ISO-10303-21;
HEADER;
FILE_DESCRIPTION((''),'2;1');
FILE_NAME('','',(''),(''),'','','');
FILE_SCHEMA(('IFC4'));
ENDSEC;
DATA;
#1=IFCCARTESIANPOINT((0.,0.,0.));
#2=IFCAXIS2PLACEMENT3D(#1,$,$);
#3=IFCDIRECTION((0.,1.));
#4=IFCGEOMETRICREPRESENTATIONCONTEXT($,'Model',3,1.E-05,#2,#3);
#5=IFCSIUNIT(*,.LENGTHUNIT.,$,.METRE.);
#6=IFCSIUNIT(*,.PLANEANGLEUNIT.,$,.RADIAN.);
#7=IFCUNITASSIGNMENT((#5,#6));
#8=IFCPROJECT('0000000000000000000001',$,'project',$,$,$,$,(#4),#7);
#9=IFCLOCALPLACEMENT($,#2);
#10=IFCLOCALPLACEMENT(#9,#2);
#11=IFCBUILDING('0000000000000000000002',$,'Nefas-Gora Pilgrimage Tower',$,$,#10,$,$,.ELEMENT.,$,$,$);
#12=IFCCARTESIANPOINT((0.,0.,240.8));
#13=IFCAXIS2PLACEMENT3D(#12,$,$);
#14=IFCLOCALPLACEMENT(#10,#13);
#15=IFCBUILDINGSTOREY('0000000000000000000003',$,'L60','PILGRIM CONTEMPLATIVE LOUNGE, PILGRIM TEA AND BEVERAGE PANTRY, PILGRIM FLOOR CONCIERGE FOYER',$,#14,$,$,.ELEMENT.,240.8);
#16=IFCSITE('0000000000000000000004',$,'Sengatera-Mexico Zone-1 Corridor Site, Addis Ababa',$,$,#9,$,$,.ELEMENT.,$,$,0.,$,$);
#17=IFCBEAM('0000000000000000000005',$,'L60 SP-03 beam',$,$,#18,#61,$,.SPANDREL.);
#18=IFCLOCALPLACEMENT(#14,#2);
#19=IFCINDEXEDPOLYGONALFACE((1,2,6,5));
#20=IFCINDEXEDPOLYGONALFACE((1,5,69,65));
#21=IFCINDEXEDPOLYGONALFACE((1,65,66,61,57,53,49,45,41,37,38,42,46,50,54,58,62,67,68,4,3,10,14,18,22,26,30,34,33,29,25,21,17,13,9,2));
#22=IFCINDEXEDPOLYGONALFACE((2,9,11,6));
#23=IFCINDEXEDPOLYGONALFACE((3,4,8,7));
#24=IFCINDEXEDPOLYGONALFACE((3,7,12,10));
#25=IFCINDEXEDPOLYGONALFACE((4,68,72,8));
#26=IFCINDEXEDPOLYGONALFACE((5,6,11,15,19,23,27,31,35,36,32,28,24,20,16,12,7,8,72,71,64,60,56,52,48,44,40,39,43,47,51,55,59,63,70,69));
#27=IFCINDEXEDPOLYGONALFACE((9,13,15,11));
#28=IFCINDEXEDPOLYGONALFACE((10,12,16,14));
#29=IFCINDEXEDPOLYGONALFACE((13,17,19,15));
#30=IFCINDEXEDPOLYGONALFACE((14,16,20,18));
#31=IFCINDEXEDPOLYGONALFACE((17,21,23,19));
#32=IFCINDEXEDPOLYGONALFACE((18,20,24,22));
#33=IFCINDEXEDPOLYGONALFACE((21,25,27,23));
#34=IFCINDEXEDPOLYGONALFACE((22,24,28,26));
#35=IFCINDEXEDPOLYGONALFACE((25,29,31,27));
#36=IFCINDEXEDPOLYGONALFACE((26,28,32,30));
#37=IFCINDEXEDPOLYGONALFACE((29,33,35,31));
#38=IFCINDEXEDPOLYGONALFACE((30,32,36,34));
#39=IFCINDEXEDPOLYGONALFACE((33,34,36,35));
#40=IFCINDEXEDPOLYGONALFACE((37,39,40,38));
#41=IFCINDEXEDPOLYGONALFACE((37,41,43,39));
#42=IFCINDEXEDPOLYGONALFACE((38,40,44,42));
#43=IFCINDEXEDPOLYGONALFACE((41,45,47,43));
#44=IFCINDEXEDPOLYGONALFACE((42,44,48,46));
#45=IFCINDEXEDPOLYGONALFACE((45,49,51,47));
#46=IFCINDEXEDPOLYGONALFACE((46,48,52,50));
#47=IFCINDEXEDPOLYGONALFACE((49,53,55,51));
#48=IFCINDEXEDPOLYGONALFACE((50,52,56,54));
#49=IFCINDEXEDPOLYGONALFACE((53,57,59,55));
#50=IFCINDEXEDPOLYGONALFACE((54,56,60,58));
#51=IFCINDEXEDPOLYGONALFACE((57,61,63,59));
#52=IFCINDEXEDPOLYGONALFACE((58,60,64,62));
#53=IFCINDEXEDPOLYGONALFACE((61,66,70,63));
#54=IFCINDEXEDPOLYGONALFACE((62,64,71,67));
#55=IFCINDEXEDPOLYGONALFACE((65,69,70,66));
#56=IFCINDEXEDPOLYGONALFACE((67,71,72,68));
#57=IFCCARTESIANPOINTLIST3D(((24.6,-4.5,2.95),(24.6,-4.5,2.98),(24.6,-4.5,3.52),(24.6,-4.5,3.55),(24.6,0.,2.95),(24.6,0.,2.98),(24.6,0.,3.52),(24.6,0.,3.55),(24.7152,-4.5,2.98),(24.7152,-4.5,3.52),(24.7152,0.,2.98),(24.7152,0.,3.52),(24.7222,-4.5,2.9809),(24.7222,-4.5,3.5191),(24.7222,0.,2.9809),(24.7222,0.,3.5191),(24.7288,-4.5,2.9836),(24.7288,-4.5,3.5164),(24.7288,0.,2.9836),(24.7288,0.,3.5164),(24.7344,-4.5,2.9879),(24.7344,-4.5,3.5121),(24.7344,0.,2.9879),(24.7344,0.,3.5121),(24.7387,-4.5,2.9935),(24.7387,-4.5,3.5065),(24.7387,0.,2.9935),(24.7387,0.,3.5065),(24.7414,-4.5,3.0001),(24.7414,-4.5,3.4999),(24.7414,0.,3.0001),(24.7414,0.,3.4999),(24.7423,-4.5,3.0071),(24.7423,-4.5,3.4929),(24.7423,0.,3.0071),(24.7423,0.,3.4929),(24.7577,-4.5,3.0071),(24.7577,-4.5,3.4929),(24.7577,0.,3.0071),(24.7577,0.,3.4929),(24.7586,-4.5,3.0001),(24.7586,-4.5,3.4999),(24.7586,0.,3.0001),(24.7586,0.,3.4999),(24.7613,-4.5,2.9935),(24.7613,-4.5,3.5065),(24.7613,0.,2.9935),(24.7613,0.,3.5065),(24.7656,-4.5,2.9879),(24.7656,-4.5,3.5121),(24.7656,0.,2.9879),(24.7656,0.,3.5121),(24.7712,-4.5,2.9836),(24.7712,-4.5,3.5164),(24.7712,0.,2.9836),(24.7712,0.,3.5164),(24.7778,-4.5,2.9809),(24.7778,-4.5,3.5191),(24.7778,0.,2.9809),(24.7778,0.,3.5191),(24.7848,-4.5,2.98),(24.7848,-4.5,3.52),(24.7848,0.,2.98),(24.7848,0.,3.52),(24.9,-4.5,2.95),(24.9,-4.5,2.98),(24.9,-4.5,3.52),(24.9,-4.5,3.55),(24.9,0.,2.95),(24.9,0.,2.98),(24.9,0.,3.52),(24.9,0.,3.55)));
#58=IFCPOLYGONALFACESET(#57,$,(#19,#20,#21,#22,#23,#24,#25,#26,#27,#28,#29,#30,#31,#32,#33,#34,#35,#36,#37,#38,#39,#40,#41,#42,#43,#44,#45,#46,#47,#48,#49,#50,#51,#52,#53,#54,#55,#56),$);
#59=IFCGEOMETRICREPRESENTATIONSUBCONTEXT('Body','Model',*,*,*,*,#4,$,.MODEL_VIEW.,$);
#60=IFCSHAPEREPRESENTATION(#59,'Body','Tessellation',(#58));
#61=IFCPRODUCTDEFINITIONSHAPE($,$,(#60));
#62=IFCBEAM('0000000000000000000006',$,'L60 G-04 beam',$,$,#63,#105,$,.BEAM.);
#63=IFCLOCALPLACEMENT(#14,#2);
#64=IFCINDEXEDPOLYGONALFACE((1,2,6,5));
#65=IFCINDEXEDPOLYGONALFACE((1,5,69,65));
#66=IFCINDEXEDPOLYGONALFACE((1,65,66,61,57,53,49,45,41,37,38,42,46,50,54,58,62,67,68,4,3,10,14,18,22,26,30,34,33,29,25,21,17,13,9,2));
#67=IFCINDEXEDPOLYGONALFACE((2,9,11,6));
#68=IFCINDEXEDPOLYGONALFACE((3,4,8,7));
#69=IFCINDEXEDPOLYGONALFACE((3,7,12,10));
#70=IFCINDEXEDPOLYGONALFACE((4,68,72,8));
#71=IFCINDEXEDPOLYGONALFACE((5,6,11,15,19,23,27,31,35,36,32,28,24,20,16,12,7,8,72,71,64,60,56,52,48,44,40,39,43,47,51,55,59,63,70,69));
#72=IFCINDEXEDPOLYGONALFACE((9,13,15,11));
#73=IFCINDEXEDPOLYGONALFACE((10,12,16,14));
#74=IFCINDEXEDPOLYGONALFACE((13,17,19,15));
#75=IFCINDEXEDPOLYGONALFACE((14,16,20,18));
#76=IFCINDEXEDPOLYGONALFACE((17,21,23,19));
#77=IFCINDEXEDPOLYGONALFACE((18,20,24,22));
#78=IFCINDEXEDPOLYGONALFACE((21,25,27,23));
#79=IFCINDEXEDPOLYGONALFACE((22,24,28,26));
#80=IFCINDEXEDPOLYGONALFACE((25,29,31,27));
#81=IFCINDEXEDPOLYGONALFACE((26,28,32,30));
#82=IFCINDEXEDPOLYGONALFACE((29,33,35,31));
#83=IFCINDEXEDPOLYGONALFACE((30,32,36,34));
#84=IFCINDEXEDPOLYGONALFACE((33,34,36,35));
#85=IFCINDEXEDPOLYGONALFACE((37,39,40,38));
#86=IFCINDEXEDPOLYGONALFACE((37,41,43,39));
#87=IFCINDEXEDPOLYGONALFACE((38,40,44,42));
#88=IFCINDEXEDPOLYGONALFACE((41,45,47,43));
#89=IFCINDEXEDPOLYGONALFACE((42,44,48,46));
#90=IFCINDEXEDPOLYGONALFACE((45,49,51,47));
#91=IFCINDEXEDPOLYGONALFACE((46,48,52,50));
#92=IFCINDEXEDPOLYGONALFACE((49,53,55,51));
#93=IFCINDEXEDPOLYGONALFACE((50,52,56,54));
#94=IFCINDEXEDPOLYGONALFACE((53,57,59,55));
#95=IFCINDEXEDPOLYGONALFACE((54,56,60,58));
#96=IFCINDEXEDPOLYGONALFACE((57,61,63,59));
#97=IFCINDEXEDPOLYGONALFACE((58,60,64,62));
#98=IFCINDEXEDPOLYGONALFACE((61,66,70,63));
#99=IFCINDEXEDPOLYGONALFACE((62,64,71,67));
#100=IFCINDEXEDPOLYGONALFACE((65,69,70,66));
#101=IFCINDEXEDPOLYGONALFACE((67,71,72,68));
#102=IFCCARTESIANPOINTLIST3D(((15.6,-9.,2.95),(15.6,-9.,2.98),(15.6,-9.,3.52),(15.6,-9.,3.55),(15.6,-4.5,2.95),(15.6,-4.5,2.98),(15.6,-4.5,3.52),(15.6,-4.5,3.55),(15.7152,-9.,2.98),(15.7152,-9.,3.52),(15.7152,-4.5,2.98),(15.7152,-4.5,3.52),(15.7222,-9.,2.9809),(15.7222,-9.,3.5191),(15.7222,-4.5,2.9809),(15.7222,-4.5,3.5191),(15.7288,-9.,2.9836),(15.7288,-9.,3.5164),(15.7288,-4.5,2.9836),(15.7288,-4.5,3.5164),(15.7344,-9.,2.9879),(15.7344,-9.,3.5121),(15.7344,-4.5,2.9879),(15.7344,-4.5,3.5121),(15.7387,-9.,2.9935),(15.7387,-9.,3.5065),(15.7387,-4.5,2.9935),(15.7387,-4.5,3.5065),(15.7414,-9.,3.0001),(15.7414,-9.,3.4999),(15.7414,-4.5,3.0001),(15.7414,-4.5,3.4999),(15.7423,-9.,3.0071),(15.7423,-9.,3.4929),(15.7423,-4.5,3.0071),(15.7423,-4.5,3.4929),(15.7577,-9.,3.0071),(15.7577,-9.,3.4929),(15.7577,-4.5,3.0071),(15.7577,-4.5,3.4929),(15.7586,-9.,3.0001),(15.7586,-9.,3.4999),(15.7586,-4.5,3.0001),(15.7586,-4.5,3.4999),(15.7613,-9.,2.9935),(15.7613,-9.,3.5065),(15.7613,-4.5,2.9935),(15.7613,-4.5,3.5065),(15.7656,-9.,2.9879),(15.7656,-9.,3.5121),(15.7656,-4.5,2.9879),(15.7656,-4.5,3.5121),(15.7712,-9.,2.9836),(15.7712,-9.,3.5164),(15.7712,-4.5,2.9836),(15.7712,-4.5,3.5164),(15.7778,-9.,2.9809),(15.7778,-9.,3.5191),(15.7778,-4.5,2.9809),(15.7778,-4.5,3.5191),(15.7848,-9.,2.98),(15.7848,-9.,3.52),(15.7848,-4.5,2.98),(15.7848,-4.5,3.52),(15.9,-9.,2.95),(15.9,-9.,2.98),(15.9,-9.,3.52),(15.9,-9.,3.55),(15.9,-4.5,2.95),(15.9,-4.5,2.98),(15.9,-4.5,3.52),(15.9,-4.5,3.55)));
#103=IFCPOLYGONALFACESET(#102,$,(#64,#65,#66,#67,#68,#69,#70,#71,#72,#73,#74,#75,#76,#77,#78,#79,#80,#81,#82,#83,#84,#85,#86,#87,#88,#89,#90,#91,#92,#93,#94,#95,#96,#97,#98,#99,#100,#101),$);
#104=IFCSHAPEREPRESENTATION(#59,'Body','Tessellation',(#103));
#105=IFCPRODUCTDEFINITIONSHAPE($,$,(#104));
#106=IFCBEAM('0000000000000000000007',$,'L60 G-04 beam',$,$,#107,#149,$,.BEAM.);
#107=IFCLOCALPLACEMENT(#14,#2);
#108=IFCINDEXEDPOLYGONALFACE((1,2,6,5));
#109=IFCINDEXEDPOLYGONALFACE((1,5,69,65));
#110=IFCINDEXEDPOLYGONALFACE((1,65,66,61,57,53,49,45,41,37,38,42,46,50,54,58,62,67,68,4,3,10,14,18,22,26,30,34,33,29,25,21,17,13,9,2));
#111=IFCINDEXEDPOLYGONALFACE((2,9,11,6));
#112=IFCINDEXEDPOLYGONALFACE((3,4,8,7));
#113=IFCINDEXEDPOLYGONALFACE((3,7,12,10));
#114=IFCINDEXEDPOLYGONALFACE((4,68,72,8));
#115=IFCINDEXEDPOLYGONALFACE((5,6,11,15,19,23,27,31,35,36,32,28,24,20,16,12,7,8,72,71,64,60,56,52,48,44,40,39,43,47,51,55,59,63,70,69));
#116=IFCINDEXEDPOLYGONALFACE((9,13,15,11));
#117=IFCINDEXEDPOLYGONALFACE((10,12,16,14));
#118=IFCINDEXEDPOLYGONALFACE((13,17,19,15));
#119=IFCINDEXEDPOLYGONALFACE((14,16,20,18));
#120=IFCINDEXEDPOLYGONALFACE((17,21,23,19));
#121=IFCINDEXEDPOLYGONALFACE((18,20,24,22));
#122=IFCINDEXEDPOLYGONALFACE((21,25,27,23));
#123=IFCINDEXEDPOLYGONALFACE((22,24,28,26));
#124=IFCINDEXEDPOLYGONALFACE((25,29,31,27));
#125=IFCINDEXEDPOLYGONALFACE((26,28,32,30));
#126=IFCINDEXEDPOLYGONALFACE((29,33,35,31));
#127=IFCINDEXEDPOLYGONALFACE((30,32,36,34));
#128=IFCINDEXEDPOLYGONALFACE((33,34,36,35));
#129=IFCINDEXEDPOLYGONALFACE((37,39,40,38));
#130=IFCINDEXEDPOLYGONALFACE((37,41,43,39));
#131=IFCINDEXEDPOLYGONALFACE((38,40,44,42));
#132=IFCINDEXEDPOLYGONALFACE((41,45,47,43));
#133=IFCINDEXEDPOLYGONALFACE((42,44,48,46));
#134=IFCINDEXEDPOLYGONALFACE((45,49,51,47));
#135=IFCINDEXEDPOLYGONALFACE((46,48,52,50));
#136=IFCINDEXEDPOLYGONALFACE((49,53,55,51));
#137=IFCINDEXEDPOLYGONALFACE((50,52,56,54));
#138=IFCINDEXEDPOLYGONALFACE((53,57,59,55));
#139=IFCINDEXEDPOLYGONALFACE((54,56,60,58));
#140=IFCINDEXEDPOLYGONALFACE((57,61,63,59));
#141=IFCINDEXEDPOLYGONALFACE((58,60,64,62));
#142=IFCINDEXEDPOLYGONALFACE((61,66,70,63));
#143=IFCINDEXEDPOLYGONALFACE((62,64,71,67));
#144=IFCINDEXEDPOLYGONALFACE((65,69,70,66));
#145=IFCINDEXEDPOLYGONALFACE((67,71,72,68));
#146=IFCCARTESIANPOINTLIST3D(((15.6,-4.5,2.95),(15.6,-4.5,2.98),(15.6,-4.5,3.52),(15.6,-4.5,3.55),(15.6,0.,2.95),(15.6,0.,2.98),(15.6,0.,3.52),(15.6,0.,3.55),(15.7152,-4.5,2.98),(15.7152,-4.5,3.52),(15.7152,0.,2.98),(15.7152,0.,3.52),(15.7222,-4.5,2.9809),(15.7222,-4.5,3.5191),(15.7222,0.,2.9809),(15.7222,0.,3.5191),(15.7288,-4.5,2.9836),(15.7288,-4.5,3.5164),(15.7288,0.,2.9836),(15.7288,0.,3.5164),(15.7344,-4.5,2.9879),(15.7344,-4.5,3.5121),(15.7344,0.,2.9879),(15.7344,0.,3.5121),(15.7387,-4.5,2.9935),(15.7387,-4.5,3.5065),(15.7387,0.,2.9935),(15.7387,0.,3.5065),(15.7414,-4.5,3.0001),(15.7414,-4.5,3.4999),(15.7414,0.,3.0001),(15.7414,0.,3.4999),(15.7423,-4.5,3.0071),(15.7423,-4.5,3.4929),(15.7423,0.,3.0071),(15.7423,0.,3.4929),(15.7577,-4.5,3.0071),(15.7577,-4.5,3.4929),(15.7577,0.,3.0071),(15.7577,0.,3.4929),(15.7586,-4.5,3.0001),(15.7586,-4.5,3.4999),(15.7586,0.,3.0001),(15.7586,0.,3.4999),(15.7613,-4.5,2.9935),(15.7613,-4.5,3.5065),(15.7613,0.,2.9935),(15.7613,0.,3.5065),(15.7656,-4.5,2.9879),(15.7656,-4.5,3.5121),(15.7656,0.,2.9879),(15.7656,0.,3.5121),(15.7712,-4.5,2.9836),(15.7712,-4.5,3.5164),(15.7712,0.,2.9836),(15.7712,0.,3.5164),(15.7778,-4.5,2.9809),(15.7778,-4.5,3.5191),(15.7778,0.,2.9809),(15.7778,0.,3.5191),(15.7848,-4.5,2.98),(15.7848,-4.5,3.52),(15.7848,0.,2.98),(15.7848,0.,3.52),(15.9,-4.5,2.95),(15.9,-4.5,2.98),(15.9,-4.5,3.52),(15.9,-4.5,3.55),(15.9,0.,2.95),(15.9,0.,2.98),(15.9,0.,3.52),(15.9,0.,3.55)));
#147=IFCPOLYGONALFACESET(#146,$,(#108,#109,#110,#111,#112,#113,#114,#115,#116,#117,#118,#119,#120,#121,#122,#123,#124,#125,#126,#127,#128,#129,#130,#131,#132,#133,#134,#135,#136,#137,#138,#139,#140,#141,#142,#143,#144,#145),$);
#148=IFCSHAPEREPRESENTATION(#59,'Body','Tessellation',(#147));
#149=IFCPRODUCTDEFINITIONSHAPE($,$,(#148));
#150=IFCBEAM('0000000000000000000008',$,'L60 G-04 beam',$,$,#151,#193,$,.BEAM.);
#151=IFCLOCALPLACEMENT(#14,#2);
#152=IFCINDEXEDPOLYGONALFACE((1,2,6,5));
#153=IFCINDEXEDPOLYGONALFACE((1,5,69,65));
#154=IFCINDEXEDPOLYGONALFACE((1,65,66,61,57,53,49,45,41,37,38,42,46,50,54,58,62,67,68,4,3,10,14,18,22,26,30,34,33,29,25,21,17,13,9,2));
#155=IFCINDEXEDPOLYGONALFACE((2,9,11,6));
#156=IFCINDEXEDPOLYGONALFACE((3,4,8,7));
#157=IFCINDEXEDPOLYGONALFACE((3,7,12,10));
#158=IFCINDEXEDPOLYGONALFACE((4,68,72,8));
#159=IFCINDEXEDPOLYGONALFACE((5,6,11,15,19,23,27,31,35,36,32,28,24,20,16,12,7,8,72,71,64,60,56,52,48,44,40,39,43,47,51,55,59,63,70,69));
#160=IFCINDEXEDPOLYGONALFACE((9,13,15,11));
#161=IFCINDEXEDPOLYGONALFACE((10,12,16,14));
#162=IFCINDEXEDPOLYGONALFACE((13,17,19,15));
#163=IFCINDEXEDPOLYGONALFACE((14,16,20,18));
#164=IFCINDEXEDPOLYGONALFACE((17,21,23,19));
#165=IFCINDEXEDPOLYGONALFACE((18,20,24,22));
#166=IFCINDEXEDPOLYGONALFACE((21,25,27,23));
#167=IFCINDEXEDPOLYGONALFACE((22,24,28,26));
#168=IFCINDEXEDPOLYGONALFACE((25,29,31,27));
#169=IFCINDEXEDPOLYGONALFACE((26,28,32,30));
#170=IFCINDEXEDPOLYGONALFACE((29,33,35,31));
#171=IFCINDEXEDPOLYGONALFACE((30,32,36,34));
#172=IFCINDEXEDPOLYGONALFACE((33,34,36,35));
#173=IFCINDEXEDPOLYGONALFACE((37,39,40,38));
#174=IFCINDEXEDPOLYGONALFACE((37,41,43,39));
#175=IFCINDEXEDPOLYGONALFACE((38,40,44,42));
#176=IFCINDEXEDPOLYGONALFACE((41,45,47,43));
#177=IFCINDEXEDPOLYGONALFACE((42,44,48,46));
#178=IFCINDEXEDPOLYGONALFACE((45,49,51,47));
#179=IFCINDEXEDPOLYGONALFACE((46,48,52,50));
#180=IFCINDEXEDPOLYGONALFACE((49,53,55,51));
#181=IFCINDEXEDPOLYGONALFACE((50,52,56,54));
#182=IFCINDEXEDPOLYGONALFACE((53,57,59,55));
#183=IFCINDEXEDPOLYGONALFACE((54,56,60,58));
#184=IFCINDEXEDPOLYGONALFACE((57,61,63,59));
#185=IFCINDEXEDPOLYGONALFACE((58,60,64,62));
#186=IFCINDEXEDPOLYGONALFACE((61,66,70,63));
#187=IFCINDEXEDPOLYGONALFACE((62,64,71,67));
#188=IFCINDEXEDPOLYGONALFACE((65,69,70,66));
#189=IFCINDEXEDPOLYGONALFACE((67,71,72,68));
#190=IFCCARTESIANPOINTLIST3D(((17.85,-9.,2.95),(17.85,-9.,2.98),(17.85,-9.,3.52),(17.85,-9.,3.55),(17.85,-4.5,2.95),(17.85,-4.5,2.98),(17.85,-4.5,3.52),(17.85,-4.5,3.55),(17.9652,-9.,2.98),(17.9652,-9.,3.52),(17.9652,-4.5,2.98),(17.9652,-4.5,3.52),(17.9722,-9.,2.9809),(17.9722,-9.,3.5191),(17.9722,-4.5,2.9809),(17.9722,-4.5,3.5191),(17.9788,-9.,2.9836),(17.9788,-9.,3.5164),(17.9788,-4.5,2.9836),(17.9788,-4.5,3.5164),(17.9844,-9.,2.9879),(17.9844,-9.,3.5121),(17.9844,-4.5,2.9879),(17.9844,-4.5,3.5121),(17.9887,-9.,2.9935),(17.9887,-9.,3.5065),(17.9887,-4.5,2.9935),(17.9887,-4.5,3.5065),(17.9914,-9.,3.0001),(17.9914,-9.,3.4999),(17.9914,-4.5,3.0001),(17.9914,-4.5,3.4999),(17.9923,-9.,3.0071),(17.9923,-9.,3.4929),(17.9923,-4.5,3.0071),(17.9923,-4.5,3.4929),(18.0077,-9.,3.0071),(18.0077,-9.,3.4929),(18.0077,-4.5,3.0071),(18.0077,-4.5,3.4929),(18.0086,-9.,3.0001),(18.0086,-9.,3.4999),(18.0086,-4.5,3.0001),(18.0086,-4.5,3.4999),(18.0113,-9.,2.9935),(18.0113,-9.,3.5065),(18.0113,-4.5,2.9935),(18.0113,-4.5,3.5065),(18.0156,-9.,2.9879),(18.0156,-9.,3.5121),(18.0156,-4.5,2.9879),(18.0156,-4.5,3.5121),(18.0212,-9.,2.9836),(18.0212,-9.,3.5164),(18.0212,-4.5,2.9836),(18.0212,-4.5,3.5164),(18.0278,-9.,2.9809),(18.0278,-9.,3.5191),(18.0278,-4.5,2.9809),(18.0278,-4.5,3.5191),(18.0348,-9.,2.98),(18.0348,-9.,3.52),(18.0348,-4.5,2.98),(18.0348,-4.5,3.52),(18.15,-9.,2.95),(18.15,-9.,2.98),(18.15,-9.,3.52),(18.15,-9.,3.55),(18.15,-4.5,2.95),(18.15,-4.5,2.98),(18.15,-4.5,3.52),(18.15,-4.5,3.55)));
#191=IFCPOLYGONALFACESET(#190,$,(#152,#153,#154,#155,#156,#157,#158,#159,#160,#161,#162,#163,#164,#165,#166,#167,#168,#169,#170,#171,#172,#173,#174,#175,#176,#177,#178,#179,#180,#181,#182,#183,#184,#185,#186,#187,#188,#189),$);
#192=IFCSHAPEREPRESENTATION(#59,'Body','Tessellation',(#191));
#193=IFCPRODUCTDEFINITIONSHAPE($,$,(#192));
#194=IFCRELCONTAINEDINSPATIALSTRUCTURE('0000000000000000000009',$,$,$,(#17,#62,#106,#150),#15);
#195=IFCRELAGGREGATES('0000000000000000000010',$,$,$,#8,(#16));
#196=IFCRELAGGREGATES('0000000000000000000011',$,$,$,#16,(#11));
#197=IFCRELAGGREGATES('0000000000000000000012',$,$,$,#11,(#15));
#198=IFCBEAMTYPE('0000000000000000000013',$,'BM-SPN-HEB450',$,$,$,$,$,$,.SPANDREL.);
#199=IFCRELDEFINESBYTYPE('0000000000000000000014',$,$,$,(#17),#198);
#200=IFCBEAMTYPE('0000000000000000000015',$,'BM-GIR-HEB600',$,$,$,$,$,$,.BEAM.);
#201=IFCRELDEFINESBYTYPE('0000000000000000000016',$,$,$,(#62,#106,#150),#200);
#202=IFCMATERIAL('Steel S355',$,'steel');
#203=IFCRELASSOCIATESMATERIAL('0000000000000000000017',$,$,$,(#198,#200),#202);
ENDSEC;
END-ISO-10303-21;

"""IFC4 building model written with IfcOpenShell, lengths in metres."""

from ifc_helpers import new_model, si_unit, direction, frame, origin, origin_2d, place, context, subcontext, project, spatial, i_section, extrude, source, transform, mapped, material, material_profile, profile_set, type_object, element, save


model = new_model("IFC4")

# Units and contexts
model_context = context("Model", 3, precision=1e-05, world=origin(), true_north=direction((0.0, 1.0)))
body_context = subcontext(model_context, "Body", "Model", "MODEL_VIEW")
ifc_project = project(units=[si_unit("LENGTHUNIT", "METRE"), si_unit("PLANEANGLEUNIT", "RADIAN")], contexts=[model_context])

# Site, building, storey
site_placement = place(None, origin())
site = spatial("IfcSite", under=ifc_project, at=site_placement, Name="Sengatera-Mexico Zone-1 Corridor Site, Addis Ababa", CompositionType="ELEMENT", RefElevation=0.0)
building_placement = place(site_placement, origin())
building = spatial("IfcBuilding", under=site, at=building_placement, Name="Nefas-Gora Pilgrimage Tower", CompositionType="ELEMENT")
storey_placement = place(building_placement, frame((0.0, 0.0, 240.8)))
storey = spatial("IfcBuildingStorey", under=building, at=storey_placement, Name="L60", Description="PILGRIM CONTEMPLATIVE LOUNGE, PILGRIM TEA AND BEVERAGE PANTRY, PILGRIM FLOOR CONCIERGE FOYER", CompositionType="ELEMENT", Elevation=240.8)

# Beams
ifc_material_1 = material(Name="Steel S355", Category="steel")
ifc_material_profile_1 = material_profile(ifc_material_1, i_section(OverallWidth=0.3, OverallDepth=0.6001, WebThickness=0.0154, FlangeThickness=0.03, FilletRadius=0.0271, at=origin_2d()), Name="HEB 600")
ifc_profile_set_1 = profile_set([ifc_material_profile_1], Name="Steel S355")
beam_type_1 = type_object("IfcBeamType", Name="BM-SPN-HEB450", PredefinedType="SPANDREL", material=ifc_profile_set_1)
shared_shape_1 = source(origin(), body_context, "Body", "SweptSolid", [
    extrude(i_section(OverallWidth=0.3, OverallDepth=0.6001, WebThickness=0.0154, FlangeThickness=0.03, FilletRadius=0.0271, at=origin_2d()), origin(), (0.0, 0.0, 1.0), 4.5),
])
for number, where, z_axis, x_axis, name in (
    (1, (24.75, -4.5, 3.25), (0.0, 1.0, 0.0), (-1.0, 0.0, 0.0), "L60 SP-03 beam"),
):
    element("IfcBeam", number, at=place(storey_placement, frame(where, z_axis=z_axis, x_axis=x_axis)), inside=storey, type_object=beam_type_1, Name=name, PredefinedType="SPANDREL", context=body_context, shape_type="MappedRepresentation", body=[
        mapped(shared_shape_1, transform((0.0, 0.0, 0.0), x_axis=(1.0, 0.0, 0.0), y_axis=(0.0, 1.0, 0.0), z_axis=(0.0, 0.0, 1.0), scale=1.0)),
    ])
ifc_material_profile_2 = material_profile(ifc_material_1, i_section(OverallWidth=0.3, OverallDepth=0.6001, WebThickness=0.0154, FlangeThickness=0.03, FilletRadius=0.0271, at=origin_2d()), Name="HEB 600")
ifc_profile_set_2 = profile_set([ifc_material_profile_2], Name="Steel S355")
beam_type_2 = type_object("IfcBeamType", Name="BM-GIR-HEB600", PredefinedType="BEAM", material=ifc_profile_set_2)
shared_shape_2 = source(origin(), body_context, "Body", "SweptSolid", [
    extrude(i_section(OverallWidth=0.3, OverallDepth=0.6001, WebThickness=0.0154, FlangeThickness=0.03, FilletRadius=0.0271, at=origin_2d()), origin(), (0.0, 0.0, 1.0), 4.5),
])
for number, where, z_axis, x_axis, name in (
    (2, (15.75, -9.0, 3.25), (0.0, 1.0, 0.0), (-1.0, 0.0, 0.0), "L60 G-04 beam"),
    (3, (15.75, -4.5, 3.25), (0.0, 1.0, 0.0), (-1.0, 0.0, 0.0), "L60 G-04 beam"),
    (4, (18.0, -9.0, 3.25), (0.0, 1.0, 0.0), (-1.0, 0.0, 0.0), "L60 G-04 beam"),
):
    element("IfcBeam", number, at=place(storey_placement, frame(where, z_axis=z_axis, x_axis=x_axis)), inside=storey, type_object=beam_type_2, Name=name, PredefinedType="BEAM", context=body_context, shape_type="MappedRepresentation", body=[
        mapped(shared_shape_2, transform((0.0, 0.0, 0.0), x_axis=(1.0, 0.0, 0.0), y_axis=(0.0, 1.0, 0.0), z_axis=(0.0, 0.0, 1.0), scale=1.0)),
    ])

save(model, "model.ifc")
